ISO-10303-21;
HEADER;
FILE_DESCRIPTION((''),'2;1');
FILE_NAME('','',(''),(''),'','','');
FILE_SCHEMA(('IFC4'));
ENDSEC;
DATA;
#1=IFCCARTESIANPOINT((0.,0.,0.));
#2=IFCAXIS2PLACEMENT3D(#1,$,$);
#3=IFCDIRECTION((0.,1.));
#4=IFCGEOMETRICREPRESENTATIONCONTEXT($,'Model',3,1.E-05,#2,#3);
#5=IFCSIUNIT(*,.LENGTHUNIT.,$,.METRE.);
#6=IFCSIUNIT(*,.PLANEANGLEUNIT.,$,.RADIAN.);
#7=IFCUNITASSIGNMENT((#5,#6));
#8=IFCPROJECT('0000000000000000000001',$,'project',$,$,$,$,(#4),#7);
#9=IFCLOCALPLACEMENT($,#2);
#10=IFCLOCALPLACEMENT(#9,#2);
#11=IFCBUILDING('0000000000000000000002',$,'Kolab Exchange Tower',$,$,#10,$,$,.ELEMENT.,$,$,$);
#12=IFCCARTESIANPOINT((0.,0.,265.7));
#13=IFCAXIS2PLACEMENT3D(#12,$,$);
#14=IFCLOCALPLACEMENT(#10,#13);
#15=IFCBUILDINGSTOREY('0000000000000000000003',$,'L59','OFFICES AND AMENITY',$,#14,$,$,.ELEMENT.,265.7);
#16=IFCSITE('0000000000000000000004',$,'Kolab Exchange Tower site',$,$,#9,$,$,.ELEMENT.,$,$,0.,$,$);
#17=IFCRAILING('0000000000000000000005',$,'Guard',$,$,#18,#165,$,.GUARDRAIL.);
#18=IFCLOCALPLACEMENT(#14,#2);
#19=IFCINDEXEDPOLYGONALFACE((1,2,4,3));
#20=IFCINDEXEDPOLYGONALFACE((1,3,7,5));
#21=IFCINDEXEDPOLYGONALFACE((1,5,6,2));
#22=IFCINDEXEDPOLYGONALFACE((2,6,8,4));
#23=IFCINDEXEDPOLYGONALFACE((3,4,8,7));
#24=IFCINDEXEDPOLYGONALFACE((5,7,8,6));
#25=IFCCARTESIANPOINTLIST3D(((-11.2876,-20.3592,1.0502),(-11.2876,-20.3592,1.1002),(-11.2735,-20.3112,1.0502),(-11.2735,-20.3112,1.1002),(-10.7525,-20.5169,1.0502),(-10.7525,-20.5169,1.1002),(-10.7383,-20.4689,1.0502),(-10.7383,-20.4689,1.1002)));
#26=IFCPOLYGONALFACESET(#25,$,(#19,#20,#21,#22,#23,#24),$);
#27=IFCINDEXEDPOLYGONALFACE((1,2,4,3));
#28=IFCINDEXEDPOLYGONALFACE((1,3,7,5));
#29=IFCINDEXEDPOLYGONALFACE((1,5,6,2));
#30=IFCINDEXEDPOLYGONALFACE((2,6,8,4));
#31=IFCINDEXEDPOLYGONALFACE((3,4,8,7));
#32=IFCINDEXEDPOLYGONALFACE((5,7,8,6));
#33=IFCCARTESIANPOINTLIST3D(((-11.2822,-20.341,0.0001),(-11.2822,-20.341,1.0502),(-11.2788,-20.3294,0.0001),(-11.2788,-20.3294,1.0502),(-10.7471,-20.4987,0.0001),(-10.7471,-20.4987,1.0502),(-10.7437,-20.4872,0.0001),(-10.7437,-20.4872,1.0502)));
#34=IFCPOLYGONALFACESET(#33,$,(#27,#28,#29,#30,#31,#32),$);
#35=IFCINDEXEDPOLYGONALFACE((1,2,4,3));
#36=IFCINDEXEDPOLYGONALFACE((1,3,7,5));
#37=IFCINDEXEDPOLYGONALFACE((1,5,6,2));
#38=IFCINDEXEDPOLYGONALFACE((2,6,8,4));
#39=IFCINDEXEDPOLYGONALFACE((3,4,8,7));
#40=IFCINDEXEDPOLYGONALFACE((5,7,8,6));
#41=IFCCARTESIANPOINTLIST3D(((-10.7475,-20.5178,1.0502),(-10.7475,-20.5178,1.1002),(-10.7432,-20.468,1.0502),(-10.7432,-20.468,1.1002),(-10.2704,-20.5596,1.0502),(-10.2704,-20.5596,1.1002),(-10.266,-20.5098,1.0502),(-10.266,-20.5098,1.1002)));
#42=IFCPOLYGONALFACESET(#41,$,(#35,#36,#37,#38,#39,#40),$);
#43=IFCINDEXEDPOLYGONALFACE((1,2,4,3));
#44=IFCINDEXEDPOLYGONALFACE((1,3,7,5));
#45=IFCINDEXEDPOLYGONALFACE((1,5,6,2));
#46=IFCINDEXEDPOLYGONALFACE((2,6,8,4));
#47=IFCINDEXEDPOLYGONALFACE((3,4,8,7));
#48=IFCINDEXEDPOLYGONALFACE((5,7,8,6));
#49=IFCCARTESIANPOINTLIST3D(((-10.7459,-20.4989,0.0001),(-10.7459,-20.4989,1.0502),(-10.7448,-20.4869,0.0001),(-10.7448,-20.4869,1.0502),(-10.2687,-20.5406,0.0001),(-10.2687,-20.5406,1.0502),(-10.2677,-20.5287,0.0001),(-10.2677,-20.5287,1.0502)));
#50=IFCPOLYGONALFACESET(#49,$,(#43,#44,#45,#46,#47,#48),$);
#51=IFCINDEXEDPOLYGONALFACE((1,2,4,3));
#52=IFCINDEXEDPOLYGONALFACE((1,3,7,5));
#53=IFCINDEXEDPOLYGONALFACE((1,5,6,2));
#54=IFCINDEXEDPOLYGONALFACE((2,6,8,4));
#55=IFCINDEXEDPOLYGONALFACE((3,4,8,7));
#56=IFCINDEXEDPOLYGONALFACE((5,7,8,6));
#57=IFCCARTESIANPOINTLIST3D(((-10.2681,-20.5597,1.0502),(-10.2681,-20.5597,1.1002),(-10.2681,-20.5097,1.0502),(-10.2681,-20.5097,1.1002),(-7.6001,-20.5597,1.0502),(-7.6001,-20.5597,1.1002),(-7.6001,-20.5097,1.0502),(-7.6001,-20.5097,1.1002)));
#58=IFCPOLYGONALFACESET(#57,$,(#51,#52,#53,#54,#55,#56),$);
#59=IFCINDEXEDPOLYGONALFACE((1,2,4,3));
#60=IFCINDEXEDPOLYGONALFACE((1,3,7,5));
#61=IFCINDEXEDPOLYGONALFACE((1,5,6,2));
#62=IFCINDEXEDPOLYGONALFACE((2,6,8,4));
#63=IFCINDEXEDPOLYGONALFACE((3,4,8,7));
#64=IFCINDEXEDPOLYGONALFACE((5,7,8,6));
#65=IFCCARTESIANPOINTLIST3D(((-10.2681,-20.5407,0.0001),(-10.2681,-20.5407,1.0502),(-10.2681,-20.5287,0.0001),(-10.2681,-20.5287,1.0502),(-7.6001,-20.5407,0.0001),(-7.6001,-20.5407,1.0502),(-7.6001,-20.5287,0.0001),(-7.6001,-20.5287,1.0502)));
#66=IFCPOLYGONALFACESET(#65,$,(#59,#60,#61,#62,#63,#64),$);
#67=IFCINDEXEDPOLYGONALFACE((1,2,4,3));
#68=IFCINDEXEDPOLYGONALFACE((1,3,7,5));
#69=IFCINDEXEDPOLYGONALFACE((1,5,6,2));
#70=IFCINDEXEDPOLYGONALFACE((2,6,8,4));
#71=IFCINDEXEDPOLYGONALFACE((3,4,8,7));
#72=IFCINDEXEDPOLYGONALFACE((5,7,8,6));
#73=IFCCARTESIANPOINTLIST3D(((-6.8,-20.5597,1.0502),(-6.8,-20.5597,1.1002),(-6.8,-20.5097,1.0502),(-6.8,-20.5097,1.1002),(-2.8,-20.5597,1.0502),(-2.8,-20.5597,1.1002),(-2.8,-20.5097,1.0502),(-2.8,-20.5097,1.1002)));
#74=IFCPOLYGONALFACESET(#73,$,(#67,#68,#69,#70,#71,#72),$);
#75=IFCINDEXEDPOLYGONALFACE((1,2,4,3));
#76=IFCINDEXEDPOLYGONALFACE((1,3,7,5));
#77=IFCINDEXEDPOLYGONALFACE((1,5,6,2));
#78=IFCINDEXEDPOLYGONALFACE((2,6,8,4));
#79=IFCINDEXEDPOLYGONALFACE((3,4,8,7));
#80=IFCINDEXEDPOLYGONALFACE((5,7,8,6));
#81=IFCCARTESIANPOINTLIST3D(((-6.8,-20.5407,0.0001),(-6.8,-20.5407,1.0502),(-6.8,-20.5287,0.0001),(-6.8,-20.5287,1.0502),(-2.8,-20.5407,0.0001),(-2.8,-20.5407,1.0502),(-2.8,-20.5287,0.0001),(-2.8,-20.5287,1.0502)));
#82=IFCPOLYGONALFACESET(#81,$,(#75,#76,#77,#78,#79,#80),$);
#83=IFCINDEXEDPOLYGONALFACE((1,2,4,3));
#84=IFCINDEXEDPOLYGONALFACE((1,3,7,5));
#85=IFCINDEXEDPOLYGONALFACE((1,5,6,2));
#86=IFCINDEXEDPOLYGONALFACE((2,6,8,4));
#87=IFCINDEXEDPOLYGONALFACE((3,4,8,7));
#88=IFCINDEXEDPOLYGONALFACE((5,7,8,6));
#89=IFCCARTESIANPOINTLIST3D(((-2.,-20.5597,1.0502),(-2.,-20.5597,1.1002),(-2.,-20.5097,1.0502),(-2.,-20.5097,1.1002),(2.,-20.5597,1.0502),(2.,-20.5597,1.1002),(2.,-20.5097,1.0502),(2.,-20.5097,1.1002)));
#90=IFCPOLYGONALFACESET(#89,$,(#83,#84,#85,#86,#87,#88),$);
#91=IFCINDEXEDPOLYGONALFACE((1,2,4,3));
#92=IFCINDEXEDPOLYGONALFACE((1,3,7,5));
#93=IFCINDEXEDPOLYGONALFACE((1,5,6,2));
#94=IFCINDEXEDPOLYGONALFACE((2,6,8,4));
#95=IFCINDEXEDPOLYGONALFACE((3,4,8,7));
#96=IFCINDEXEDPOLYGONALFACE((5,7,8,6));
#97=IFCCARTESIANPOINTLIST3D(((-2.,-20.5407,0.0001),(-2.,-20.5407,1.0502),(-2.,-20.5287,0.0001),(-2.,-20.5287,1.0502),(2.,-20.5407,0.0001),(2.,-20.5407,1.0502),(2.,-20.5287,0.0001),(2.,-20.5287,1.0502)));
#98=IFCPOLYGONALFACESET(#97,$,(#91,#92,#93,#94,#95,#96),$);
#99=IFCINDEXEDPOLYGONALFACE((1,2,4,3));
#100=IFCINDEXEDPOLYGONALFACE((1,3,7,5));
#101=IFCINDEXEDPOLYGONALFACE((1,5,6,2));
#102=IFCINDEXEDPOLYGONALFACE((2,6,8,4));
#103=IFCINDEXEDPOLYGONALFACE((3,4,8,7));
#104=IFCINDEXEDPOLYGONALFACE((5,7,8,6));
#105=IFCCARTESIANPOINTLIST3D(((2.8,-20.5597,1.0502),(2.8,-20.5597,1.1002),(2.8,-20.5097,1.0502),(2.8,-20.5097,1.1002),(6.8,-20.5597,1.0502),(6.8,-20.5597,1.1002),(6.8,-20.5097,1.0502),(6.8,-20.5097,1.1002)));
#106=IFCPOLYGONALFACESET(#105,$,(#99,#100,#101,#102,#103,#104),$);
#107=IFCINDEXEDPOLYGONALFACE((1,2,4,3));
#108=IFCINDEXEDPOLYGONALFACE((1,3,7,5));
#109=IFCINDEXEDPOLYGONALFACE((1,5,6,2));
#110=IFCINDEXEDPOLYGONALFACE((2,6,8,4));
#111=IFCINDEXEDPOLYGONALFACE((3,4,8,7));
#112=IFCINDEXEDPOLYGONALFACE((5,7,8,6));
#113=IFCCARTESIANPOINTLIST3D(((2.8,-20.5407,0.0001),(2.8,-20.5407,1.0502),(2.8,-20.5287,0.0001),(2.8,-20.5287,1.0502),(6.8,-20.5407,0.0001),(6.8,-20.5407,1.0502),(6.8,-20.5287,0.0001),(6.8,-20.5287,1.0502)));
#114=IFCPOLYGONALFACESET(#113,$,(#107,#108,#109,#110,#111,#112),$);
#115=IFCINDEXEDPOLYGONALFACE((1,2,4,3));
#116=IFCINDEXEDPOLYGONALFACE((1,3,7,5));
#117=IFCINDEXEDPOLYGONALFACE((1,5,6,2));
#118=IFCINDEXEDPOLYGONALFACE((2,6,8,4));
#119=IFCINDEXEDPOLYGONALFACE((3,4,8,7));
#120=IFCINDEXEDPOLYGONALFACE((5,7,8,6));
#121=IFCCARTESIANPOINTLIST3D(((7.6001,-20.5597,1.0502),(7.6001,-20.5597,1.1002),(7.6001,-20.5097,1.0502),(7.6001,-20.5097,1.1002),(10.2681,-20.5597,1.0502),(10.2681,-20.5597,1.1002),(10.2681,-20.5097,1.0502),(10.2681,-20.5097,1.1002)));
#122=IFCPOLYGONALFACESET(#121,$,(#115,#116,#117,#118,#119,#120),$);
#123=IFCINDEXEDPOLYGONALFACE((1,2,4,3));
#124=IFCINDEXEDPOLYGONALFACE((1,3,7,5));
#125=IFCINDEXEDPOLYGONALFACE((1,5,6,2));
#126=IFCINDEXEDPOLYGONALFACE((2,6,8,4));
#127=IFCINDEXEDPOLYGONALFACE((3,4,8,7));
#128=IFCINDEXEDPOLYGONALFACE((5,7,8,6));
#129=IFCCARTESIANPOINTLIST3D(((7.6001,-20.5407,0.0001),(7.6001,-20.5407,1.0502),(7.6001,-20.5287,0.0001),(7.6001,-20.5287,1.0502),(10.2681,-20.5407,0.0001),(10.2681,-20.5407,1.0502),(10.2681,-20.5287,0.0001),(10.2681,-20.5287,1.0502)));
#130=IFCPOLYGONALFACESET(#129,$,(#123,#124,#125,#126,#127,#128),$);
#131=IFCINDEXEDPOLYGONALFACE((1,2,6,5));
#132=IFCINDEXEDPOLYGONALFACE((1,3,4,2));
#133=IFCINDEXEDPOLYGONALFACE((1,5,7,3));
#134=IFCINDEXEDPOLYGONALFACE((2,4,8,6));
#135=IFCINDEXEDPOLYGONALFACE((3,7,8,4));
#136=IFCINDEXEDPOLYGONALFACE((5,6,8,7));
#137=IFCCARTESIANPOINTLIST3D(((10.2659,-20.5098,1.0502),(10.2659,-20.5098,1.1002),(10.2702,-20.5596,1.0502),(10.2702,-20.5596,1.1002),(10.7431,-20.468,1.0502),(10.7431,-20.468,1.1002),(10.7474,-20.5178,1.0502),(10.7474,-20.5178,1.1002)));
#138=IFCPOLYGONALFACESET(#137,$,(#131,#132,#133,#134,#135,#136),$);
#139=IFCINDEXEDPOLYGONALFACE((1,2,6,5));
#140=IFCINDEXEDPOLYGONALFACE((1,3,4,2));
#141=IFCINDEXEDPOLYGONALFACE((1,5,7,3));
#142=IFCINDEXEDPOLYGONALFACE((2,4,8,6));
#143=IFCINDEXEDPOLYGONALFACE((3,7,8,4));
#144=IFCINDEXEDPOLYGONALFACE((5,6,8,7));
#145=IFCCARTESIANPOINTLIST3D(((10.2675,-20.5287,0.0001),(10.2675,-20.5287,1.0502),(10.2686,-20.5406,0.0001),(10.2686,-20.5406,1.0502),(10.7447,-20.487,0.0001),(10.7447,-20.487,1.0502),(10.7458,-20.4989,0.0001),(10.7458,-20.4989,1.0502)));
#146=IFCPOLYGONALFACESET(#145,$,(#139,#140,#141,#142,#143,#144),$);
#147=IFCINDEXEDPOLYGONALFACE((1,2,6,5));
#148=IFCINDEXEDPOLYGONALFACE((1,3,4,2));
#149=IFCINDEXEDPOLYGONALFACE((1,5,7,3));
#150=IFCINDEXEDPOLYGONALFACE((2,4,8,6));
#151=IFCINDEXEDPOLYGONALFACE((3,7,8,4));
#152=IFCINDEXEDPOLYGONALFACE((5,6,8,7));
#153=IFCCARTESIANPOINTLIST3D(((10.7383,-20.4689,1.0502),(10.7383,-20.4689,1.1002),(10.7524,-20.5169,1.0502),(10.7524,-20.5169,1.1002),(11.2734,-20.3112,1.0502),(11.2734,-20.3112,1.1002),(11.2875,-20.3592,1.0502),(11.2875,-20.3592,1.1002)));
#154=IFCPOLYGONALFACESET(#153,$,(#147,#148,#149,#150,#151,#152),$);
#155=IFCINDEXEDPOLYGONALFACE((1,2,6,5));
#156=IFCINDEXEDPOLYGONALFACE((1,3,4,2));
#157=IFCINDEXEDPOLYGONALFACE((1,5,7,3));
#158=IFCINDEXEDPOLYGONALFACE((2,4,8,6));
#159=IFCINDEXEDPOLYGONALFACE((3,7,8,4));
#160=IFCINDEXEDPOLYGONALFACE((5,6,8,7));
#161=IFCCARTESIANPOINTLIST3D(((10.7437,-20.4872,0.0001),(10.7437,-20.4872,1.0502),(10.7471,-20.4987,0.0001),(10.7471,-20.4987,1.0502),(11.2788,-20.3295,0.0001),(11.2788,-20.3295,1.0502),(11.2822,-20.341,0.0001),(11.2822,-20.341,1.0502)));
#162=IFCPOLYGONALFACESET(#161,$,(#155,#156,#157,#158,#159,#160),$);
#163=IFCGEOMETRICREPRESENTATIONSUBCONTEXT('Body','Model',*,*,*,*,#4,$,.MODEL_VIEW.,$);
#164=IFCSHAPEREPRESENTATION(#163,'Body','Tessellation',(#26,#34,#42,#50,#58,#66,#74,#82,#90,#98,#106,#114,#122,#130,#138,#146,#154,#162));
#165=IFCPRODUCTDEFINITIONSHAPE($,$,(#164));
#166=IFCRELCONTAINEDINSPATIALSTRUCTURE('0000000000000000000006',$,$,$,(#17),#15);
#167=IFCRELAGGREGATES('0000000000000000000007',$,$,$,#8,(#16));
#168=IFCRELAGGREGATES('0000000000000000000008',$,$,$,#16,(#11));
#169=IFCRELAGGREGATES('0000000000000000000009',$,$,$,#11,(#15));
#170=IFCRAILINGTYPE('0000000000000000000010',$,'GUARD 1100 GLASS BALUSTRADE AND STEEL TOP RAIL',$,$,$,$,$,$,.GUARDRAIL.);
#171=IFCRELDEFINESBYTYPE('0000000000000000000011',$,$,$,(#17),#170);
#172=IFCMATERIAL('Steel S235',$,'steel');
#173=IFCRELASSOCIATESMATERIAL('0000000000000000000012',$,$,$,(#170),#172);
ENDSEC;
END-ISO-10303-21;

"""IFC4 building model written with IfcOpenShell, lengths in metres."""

from ifc_helpers import new_model, si_unit, direction, frame, frame_2d, origin, origin_2d, place, context, subcontext, project, spatial, rectangle, extrude, material, type_object, element, save


model = new_model("IFC4")

# Units and contexts
model_context = context("Model", 3, precision=1e-05, world=origin(), true_north=direction((0.0, 1.0)))
body_context = subcontext(model_context, "Body", "Model", "MODEL_VIEW")
ifc_project = project(units=[si_unit("LENGTHUNIT", "METRE"), si_unit("PLANEANGLEUNIT", "RADIAN")], contexts=[model_context])

# Site, building, storey
site_placement = place(None, origin())
site = spatial("IfcSite", under=ifc_project, at=site_placement, Name="Kolab Exchange Tower site", CompositionType="ELEMENT", RefElevation=0.0)
building_placement = place(site_placement, origin())
building = spatial("IfcBuilding", under=site, at=building_placement, Name="Kolab Exchange Tower", CompositionType="ELEMENT")
storey_placement = place(building_placement, frame((0.0, 0.0, 265.7)))
storey = spatial("IfcBuildingStorey", under=building, at=storey_placement, Name="L59", Description="OFFICES AND AMENITY", CompositionType="ELEMENT", Elevation=265.7)

# Shared definitions
ifc_material_1 = material(Name="Steel S235", Category="steel")

# Railing
railing_type = type_object("IfcRailingType", Name="GUARD 1100 GLASS BALUSTRADE AND STEEL TOP RAIL", PredefinedType="GUARDRAIL", material=ifc_material_1)
railing_placement = place(storey_placement, frame((-11.2805, -20.3352, 0.0)))
element("IfcRailing", 1, at=railing_placement, inside=storey, type_object=railing_type, Name="Guard", PredefinedType="GUARDRAIL", context=body_context, shape_type="SweptSolid", body=[
    extrude(rectangle(XDim=0.05, YDim=0.05, at=origin_2d()), frame((0.0, 0.0, 1.0752), z_axis=(0.959212, -0.282687, 0.0), x_axis=(0.282687, 0.959212, 0.0)), (0.0, 0.0, 1.0), 0.5579),
    extrude(rectangle(XDim=0.012, YDim=1.0501, at=frame_2d((0.0, 0.5251))), frame((0.0, 0.0, 0.0), z_axis=(0.959212, -0.282687, 0.0), x_axis=(0.282687, 0.959212, 0.0)), (0.0, 0.0, 1.0), 0.5579),
    extrude(rectangle(XDim=0.05, YDim=0.05, at=origin_2d()), frame((0.5352, -0.1577, 1.0752), z_axis=(0.996196, -0.087135, 0.0), x_axis=(0.087135, 0.996196, 0.0)), (0.0, 0.0, 1.0), 0.479),
    extrude(rectangle(XDim=0.012, YDim=1.0501, at=frame_2d((0.0, 0.5251))), frame((0.5352, -0.1577, 0.0), z_axis=(0.996196, -0.087135, 0.0), x_axis=(0.087135, 0.996196, 0.0)), (0.0, 0.0, 1.0), 0.479),
    extrude(rectangle(XDim=0.05, YDim=0.05, at=origin_2d()), frame((1.0125, -0.1995, 1.0752), z_axis=(1.0, 0.0, 0.0), x_axis=(0.0, 1.0, 0.0)), (0.0, 0.0, 1.0), 2.668),
    extrude(rectangle(XDim=0.012, YDim=1.0501, at=frame_2d((0.0, 0.5251))), frame((1.0125, -0.1995, 0.0), z_axis=(1.0, 0.0, 0.0), x_axis=(0.0, 1.0, 0.0)), (0.0, 0.0, 1.0), 2.668),
    extrude(rectangle(XDim=0.05, YDim=0.05, at=origin_2d()), frame((4.4805, -0.1995, 1.0752), z_axis=(1.0, 0.0, 0.0), x_axis=(0.0, 1.0, 0.0)), (0.0, 0.0, 1.0), 4.0),
    extrude(rectangle(XDim=0.012, YDim=1.0501, at=frame_2d((0.0, 0.5251))), frame((4.4805, -0.1995, 0.0), z_axis=(1.0, 0.0, 0.0), x_axis=(0.0, 1.0, 0.0)), (0.0, 0.0, 1.0), 4.0),
    extrude(rectangle(XDim=0.05, YDim=0.05, at=origin_2d()), frame((9.2805, -0.1995, 1.0752), z_axis=(1.0, 0.0, 0.0), x_axis=(0.0, 1.0, 0.0)), (0.0, 0.0, 1.0), 4.0),
    extrude(rectangle(XDim=0.012, YDim=1.0501, at=frame_2d((0.0, 0.5251))), frame((9.2805, -0.1995, 0.0), z_axis=(1.0, 0.0, 0.0), x_axis=(0.0, 1.0, 0.0)), (0.0, 0.0, 1.0), 4.0),
    extrude(rectangle(XDim=0.05, YDim=0.05, at=origin_2d()), frame((14.0806, -0.1995, 1.0752), z_axis=(1.0, 0.0, 0.0), x_axis=(0.0, 1.0, 0.0)), (0.0, 0.0, 1.0), 4.0),
    extrude(rectangle(XDim=0.012, YDim=1.0501, at=frame_2d((0.0, 0.5251))), frame((14.0806, -0.1995, 0.0), z_axis=(1.0, 0.0, 0.0), x_axis=(0.0, 1.0, 0.0)), (0.0, 0.0, 1.0), 4.0),
    extrude(rectangle(XDim=0.05, YDim=0.05, at=origin_2d()), frame((18.8806, -0.1995, 1.0752), z_axis=(1.0, 0.0, 0.0), x_axis=(0.0, 1.0, 0.0)), (0.0, 0.0, 1.0), 2.668),
    extrude(rectangle(XDim=0.012, YDim=1.0501, at=frame_2d((0.0, 0.5251))), frame((18.8806, -0.1995, 0.0), z_axis=(1.0, 0.0, 0.0), x_axis=(0.0, 1.0, 0.0)), (0.0, 0.0, 1.0), 2.668),
    extrude(rectangle(XDim=0.05, YDim=0.05, at=origin_2d()), frame((21.5486, -0.1995, 1.0752), z_axis=(0.996196, 0.087135, 0.0), x_axis=(-0.087135, 0.996196, 0.0)), (0.0, 0.0, 1.0), 0.479),
    extrude(rectangle(XDim=0.012, YDim=1.0501, at=frame_2d((0.0, 0.5251))), frame((21.5486, -0.1995, 0.0), z_axis=(0.996196, 0.087135, 0.0), x_axis=(-0.087135, 0.996196, 0.0)), (0.0, 0.0, 1.0), 0.479),
    extrude(rectangle(XDim=0.05, YDim=0.05, at=origin_2d()), frame((22.0259, -0.1577, 1.0752), z_axis=(0.959212, 0.282687, 0.0), x_axis=(-0.282687, 0.959212, 0.0)), (0.0, 0.0, 1.0), 0.5579),
    extrude(rectangle(XDim=0.012, YDim=1.0501, at=frame_2d((0.0, 0.5251))), frame((22.0259, -0.1577, 0.0), z_axis=(0.959212, 0.282687, 0.0), x_axis=(-0.282687, 0.959212, 0.0)), (0.0, 0.0, 1.0), 0.5579),
])

save(model, "model.ifc")
